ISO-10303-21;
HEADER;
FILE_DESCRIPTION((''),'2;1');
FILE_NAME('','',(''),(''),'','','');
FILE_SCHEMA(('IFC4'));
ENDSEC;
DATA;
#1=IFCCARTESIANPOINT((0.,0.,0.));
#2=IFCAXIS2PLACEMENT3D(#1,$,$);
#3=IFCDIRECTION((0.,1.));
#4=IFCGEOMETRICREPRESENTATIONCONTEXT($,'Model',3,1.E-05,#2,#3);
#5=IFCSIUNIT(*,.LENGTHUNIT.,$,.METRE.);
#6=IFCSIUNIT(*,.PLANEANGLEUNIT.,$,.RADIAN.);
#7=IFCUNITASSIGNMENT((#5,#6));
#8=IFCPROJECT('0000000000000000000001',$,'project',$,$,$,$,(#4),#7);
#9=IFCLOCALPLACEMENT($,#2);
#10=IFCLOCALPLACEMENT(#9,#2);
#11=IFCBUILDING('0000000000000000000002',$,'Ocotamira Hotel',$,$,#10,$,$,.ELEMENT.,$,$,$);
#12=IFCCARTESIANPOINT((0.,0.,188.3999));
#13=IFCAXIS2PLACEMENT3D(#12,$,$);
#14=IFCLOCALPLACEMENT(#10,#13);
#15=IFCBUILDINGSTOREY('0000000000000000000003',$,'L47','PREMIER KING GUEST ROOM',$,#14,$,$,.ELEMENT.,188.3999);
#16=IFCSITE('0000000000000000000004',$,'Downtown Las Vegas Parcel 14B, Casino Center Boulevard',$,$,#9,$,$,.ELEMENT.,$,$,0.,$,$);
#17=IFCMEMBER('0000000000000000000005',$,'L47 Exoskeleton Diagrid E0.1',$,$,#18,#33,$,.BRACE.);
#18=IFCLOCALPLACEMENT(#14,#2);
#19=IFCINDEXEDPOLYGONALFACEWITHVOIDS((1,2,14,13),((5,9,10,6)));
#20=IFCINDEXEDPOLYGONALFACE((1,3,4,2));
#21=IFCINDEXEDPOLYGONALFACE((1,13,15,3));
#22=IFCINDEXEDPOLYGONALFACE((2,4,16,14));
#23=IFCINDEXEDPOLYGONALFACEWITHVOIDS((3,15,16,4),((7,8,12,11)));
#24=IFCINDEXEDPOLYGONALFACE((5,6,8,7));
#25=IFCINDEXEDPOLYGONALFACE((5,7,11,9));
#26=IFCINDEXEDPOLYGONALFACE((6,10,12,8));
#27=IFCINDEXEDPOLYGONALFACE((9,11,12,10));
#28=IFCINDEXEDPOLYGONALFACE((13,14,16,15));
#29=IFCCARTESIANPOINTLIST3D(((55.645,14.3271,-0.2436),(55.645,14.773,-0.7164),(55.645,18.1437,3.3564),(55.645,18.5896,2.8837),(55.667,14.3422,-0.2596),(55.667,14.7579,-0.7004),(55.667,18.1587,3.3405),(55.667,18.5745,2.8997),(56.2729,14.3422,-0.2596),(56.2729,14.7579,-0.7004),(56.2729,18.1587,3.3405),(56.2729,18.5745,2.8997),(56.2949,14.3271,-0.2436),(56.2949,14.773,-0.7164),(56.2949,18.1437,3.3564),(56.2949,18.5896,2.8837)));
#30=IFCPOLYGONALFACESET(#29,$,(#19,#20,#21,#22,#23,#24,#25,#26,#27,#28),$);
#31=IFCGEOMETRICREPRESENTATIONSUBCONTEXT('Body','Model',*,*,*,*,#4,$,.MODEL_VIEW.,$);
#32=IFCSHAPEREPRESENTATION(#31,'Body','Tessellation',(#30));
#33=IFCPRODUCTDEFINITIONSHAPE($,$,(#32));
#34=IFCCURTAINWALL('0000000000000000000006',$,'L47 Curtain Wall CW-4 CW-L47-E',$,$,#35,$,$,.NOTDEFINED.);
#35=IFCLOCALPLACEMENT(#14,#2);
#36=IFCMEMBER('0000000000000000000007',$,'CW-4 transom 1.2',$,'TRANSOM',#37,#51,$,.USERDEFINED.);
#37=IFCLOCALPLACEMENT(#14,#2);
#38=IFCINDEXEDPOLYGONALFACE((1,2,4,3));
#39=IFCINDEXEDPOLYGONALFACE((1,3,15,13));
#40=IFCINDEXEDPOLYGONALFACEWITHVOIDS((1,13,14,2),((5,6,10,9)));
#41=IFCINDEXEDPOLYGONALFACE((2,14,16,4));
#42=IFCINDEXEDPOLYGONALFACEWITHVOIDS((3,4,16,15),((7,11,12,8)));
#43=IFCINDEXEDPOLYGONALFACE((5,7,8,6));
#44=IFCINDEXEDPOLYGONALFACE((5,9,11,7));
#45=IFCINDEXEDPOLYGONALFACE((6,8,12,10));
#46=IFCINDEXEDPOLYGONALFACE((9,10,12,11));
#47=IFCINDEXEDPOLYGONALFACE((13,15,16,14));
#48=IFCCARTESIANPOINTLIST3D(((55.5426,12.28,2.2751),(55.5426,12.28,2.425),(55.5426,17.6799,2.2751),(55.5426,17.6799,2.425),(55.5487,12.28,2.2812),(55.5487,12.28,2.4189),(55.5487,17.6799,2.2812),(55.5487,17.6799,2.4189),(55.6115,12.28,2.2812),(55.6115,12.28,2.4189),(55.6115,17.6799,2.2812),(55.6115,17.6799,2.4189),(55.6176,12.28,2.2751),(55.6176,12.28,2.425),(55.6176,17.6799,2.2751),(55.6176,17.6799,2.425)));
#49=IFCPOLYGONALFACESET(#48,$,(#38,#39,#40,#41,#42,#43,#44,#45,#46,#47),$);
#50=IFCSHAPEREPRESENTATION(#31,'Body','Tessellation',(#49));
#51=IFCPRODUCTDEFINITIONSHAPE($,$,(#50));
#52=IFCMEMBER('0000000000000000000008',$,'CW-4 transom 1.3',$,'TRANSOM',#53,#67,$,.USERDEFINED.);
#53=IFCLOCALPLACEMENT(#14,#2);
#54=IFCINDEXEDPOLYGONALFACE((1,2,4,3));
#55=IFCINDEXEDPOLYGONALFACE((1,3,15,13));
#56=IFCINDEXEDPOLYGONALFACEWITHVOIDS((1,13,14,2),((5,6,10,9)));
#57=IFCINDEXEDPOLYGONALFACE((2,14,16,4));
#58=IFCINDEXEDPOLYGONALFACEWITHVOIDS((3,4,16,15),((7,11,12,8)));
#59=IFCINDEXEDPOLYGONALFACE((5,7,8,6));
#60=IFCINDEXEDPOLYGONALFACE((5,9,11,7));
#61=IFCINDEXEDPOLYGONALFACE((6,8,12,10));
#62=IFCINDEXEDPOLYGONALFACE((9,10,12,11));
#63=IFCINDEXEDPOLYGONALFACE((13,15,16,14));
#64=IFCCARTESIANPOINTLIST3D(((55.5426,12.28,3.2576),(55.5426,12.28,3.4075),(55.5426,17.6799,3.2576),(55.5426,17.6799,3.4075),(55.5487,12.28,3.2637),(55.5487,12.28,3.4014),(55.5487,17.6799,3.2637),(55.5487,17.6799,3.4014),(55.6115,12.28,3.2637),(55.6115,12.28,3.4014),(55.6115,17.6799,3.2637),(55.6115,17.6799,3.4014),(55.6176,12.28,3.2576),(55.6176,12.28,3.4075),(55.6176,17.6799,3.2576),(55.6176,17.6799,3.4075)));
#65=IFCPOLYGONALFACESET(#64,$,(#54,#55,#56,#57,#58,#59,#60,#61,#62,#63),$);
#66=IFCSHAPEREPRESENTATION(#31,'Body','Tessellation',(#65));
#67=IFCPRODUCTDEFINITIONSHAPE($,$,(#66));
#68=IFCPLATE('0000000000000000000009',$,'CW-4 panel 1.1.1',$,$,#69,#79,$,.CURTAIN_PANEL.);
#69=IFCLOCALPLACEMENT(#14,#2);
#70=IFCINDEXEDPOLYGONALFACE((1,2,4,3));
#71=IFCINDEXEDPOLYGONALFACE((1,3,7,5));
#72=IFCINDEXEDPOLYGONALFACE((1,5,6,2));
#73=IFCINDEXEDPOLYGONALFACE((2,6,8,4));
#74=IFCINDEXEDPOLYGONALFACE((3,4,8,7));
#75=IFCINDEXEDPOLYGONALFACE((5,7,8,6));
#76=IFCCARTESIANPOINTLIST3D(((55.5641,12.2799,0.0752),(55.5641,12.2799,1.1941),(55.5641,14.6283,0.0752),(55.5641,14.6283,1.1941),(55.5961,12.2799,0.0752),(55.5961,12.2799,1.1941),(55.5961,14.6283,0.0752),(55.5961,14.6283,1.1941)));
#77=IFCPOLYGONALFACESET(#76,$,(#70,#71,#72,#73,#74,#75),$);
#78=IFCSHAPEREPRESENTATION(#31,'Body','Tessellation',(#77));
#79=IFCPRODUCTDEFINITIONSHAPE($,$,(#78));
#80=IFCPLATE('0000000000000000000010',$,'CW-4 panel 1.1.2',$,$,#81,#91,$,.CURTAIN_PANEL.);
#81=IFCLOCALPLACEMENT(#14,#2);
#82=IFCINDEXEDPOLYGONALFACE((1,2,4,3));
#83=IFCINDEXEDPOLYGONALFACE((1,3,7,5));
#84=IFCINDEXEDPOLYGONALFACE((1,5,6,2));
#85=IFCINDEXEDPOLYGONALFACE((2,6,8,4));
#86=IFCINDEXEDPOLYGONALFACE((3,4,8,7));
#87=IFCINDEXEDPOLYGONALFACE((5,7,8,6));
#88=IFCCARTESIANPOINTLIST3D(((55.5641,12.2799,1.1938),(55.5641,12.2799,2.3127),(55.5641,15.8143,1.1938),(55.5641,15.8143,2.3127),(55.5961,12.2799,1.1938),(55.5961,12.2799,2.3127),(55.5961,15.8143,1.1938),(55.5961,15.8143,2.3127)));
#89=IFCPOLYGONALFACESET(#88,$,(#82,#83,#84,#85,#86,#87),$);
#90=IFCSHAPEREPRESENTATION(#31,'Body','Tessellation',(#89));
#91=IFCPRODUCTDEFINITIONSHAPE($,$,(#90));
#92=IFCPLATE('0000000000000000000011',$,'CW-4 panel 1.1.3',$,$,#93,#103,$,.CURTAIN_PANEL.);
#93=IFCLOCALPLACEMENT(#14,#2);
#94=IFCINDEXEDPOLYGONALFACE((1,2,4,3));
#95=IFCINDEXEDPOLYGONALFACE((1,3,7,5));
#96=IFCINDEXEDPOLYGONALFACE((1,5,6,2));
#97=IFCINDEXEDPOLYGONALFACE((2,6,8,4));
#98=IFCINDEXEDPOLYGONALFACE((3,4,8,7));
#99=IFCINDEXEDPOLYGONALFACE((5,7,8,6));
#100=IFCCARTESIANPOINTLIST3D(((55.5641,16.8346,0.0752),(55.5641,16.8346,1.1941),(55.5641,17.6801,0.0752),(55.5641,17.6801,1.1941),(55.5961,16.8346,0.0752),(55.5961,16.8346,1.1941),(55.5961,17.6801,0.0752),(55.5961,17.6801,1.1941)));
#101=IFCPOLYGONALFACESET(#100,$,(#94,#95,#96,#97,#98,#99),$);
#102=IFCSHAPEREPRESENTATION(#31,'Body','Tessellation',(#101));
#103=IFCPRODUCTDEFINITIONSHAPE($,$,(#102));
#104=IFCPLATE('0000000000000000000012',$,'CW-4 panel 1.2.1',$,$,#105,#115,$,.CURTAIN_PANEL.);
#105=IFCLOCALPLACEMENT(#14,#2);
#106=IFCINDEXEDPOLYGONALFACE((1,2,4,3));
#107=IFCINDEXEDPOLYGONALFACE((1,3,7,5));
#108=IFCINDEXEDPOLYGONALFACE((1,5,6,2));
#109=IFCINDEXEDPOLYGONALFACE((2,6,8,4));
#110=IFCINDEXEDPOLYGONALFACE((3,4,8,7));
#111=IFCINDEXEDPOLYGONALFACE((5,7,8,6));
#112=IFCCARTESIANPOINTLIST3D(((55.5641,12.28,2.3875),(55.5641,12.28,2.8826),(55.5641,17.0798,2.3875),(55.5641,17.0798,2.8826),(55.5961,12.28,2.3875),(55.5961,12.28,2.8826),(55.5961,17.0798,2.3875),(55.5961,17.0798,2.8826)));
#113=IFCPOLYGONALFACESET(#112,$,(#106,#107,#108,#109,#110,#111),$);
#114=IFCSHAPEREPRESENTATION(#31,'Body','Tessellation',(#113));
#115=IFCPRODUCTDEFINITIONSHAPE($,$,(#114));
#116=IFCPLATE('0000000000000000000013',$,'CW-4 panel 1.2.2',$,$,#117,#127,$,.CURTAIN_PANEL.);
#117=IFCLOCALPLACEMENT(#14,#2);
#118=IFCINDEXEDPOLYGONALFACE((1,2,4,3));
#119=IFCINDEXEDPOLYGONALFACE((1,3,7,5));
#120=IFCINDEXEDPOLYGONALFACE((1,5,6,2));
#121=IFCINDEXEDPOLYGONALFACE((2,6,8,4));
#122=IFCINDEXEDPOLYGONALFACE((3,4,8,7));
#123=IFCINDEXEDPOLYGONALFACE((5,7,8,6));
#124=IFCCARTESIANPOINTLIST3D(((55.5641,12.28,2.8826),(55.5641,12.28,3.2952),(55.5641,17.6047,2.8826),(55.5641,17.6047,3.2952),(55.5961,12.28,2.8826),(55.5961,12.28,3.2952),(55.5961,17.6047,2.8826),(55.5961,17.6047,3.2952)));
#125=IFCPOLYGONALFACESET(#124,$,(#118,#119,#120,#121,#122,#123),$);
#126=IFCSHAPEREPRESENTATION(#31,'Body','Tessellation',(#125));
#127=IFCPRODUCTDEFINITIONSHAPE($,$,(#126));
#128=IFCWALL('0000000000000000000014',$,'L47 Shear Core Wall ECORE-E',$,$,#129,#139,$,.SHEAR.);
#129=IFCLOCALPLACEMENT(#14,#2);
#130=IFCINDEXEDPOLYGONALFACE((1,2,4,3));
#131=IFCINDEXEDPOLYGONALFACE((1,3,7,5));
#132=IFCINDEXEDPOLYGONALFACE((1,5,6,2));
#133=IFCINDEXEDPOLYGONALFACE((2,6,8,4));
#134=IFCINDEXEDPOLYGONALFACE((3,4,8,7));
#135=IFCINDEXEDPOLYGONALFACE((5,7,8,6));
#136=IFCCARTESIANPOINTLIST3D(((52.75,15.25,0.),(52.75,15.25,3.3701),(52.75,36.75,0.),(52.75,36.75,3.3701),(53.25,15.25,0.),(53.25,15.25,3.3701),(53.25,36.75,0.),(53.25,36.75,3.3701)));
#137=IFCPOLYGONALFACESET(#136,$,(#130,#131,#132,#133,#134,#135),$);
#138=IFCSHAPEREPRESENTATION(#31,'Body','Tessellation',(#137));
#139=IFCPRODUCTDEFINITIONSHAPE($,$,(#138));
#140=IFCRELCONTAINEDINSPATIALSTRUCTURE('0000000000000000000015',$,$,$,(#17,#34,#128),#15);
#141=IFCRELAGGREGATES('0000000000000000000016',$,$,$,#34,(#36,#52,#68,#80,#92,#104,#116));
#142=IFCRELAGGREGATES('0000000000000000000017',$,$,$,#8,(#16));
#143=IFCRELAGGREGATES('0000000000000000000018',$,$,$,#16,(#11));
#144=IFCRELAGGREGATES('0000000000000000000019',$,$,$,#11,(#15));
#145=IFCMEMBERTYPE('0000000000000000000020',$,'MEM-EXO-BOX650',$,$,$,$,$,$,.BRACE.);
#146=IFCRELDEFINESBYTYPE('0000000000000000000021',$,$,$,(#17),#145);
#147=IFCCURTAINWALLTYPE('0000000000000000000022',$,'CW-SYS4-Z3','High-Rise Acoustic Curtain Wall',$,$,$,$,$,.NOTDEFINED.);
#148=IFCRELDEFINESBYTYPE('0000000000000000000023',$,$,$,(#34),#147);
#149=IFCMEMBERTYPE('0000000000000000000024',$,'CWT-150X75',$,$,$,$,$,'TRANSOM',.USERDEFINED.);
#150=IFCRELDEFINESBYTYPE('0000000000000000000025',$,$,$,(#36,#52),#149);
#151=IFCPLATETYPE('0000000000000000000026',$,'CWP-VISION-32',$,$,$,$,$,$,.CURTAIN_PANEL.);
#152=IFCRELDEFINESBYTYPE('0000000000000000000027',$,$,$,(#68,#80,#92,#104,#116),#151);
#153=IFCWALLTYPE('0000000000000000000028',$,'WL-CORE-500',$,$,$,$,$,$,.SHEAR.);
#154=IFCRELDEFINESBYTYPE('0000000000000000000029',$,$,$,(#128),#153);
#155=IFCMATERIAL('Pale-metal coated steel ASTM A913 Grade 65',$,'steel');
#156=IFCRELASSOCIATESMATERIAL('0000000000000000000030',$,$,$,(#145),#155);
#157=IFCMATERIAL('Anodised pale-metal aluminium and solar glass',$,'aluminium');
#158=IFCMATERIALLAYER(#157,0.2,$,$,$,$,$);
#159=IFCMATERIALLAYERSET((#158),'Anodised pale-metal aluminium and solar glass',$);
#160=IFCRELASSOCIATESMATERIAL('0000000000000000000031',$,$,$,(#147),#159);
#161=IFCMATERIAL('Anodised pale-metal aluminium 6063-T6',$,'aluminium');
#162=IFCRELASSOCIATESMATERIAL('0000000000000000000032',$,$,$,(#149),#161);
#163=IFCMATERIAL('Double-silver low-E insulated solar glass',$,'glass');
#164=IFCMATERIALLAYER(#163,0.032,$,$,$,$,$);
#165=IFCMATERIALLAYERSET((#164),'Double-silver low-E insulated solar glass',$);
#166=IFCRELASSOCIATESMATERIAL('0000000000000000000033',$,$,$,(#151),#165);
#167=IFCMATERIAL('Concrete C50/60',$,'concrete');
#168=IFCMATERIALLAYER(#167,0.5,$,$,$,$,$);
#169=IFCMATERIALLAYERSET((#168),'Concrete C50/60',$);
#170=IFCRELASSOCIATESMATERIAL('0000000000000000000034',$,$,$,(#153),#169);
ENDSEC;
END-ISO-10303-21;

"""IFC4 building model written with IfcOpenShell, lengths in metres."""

from ifc_helpers import new_model, si_unit, direction, frame, frame_2d, origin, origin_2d, place, context, subcontext, project, spatial, rectangle, hollow_rectangle, extrude, source, transform, mapped, material, layer, layer_set, material_profile, profile_set, type_object, element, aggregate, save


model = new_model("IFC4")

# Units and contexts
model_context = context("Model", 3, precision=1e-05, world=origin(), true_north=direction((0.0, 1.0)))
body_context = subcontext(model_context, "Body", "Model", "MODEL_VIEW")
ifc_project = project(units=[si_unit("LENGTHUNIT", "METRE"), si_unit("PLANEANGLEUNIT", "RADIAN")], contexts=[model_context])

# Site, building, storey
site_placement = place(None, origin())
site = spatial("IfcSite", under=ifc_project, at=site_placement, Name="Downtown Las Vegas Parcel 14B, Casino Center Boulevard", CompositionType="ELEMENT", RefElevation=0.0)
building_placement = place(site_placement, origin())
building = spatial("IfcBuilding", under=site, at=building_placement, Name="Ocotamira Hotel", CompositionType="ELEMENT")
storey_placement = place(building_placement, frame((0.0, 0.0, 188.3999)))
storey = spatial("IfcBuildingStorey", under=building, at=storey_placement, Name="L47", Description="PREMIER KING GUEST ROOM", CompositionType="ELEMENT", Elevation=188.3999)

# Member
ifc_material_1 = material(Name="Pale-metal coated steel ASTM A913 Grade 65", Category="steel")
ifc_material_profile_1 = material_profile(ifc_material_1, hollow_rectangle(XDim=0.6499, YDim=0.6499, WallThickness=0.022, at=origin_2d()), Name="BOX650X650X22")
ifc_profile_set_1 = profile_set([ifc_material_profile_1], Name="Pale-metal coated steel ASTM A913 Grade 65")
member_type_1 = type_object("IfcMemberType", Name="MEM-EXO-BOX650", PredefinedType="BRACE", material=ifc_profile_set_1)
shared_shape_1 = source(origin(), body_context, "Body", "SweptSolid", [
    extrude(hollow_rectangle(XDim=0.6499, YDim=0.6499, WallThickness=0.022, at=origin_2d()), origin(), (0.0, 0.0, 1.0), 5.2466),
])
member_1_placement = place(storey_placement, frame((55.97, 14.55, -0.48), z_axis=(0.0, 0.727443, 0.686168), x_axis=(-1.0, 0.0, 0.0)))
element("IfcMember", 1, at=member_1_placement, inside=storey, type_object=member_type_1, Name="L47 Exoskeleton Diagrid E0.1", PredefinedType="BRACE", context=body_context, shape_type="MappedRepresentation", body=[
    mapped(shared_shape_1, transform((0.0, 0.0, 0.0), scale=1.0)),
])

# Curtain wall, members, plates
ifc_material_2 = material(Name="Anodised pale-metal aluminium and solar glass", Category="aluminium")
ifc_layer_1 = layer(ifc_material_2, 0.2)
ifc_layer_set_1 = layer_set([ifc_layer_1], Name="Anodised pale-metal aluminium and solar glass")
curtain_wall_type = type_object("IfcCurtainWallType", Name="CW-SYS4-Z3", Description="High-Rise Acoustic Curtain Wall", PredefinedType="NOTDEFINED", material=ifc_layer_set_1)
curtain_wall_placement = place(storey_placement, origin())
curtain_wall = element("IfcCurtainWall", 2, at=curtain_wall_placement, inside=storey, type_object=curtain_wall_type, Name="L47 Curtain Wall CW-4 CW-L47-E", PredefinedType="NOTDEFINED")
ifc_material_3 = material(Name="Anodised pale-metal aluminium 6063-T6", Category="aluminium")
ifc_material_profile_2 = material_profile(ifc_material_3, hollow_rectangle(XDim=0.075, YDim=0.1499, WallThickness=0.0061, at=origin_2d()), Name="HSS150X75X6")
ifc_profile_set_2 = profile_set([ifc_material_profile_2], Name="Anodised pale-metal aluminium 6063-T6")
member_type_2 = type_object("IfcMemberType", Name="CWT-150X75", ElementType="TRANSOM", PredefinedType="USERDEFINED", material=ifc_profile_set_2)
shared_shape_2 = source(origin(), body_context, "Body", "SweptSolid", [
    extrude(hollow_rectangle(XDim=0.075, YDim=0.1499, WallThickness=0.0061, at=origin_2d()), origin(), (0.0, 0.0, 1.0), 5.3999),
])
member_2_placement = place(storey_placement, frame((55.5801, 12.28, 2.3501), z_axis=(0.0, 1.0, 0.0), x_axis=(-1.0, 0.0, 0.0)))
member_2 = element("IfcMember", 3, at=member_2_placement, type_object=member_type_2, Name="CW-4 transom 1.2", ObjectType="TRANSOM", PredefinedType="USERDEFINED", context=body_context, shape_type="MappedRepresentation", body=[
    mapped(shared_shape_2, transform((0.0, 0.0, 0.0), scale=1.0)),
])
member_3_placement = place(storey_placement, frame((55.5801, 12.28, 3.3325), z_axis=(0.0, 1.0, 0.0), x_axis=(-1.0, 0.0, 0.0)))
member_3 = element("IfcMember", 4, at=member_3_placement, type_object=member_type_2, Name="CW-4 transom 1.3", ObjectType="TRANSOM", PredefinedType="USERDEFINED", context=body_context, shape_type="MappedRepresentation", body=[
    mapped(shared_shape_2, transform((0.0, 0.0, 0.0), scale=1.0)),
])
ifc_material_4 = material(Name="Double-silver low-E insulated solar glass", Category="glass")
ifc_layer_2 = layer(ifc_material_4, 0.032)
ifc_layer_set_2 = layer_set([ifc_layer_2], Name="Double-silver low-E insulated solar glass")
plate_type = type_object("IfcPlateType", Name="CWP-VISION-32", PredefinedType="CURTAIN_PANEL", material=ifc_layer_set_2)
shared_shape_3 = source(origin(), body_context, "Body", "SweptSolid", [
    extrude(rectangle(XDim=2.3484, YDim=0.032, at=origin_2d()), origin(), (0.0, 0.0, 1.0), 1.1189),
])
plate_1_placement = place(storey_placement, frame((55.5801, 13.4541, 0.0752), z_axis=(0.0, 0.0, 1.0), x_axis=(0.0, 1.0, 0.0)))
plate_1 = element("IfcPlate", 5, at=plate_1_placement, type_object=plate_type, Name="CW-4 panel 1.1.1", PredefinedType="CURTAIN_PANEL", context=body_context, shape_type="MappedRepresentation", body=[
    mapped(shared_shape_3, transform((0.0, 0.0, 0.0), scale=1.0)),
])
shared_shape_4 = source(origin(), body_context, "Body", "SweptSolid", [
    extrude(rectangle(XDim=3.5344, YDim=0.032, at=origin_2d()), origin(), (0.0, 0.0, 1.0), 1.1189),
])
plate_2_placement = place(storey_placement, frame((55.5801, 14.0471, 1.1938), z_axis=(0.0, 0.0, 1.0), x_axis=(0.0, 1.0, 0.0)))
plate_2 = element("IfcPlate", 6, at=plate_2_placement, type_object=plate_type, Name="CW-4 panel 1.1.2", PredefinedType="CURTAIN_PANEL", context=body_context, shape_type="MappedRepresentation", body=[
    mapped(shared_shape_4, transform((0.0, 0.0, 0.0), scale=1.0)),
])
shared_shape_5 = source(origin(), body_context, "Body", "SweptSolid", [
    extrude(rectangle(XDim=0.8455, YDim=0.032, at=origin_2d()), origin(), (0.0, 0.0, 1.0), 1.1189),
])
plate_3_placement = place(storey_placement, frame((55.5801, 17.2573, 0.0752), z_axis=(0.0, 0.0, 1.0), x_axis=(0.0, 1.0, 0.0)))
plate_3 = element("IfcPlate", 7, at=plate_3_placement, type_object=plate_type, Name="CW-4 panel 1.1.3", PredefinedType="CURTAIN_PANEL", context=body_context, shape_type="MappedRepresentation", body=[
    mapped(shared_shape_5, transform((0.0, 0.0, 0.0), scale=1.0)),
])
shared_shape_6 = source(origin(), body_context, "Body", "SweptSolid", [
    extrude(rectangle(XDim=4.7998, YDim=0.032, at=origin_2d()), origin(), (0.0, 0.0, 1.0), 0.4951),
])
plate_4_placement = place(storey_placement, frame((55.5801, 14.6799, 2.3875), z_axis=(0.0, 0.0, 1.0), x_axis=(0.0, 1.0, 0.0)))
plate_4 = element("IfcPlate", 8, at=plate_4_placement, type_object=plate_type, Name="CW-4 panel 1.2.1", PredefinedType="CURTAIN_PANEL", context=body_context, shape_type="MappedRepresentation", body=[
    mapped(shared_shape_6, transform((0.0, 0.0, 0.0), scale=1.0)),
])
shared_shape_7 = source(origin(), body_context, "Body", "SweptSolid", [
    extrude(rectangle(XDim=5.3247, YDim=0.032, at=origin_2d()), origin(), (0.0, 0.0, 1.0), 0.4126),
])
plate_5_placement = place(storey_placement, frame((55.5801, 14.9424, 2.8826), z_axis=(0.0, 0.0, 1.0), x_axis=(0.0, 1.0, 0.0)))
plate_5 = element("IfcPlate", 9, at=plate_5_placement, type_object=plate_type, Name="CW-4 panel 1.2.2", PredefinedType="CURTAIN_PANEL", context=body_context, shape_type="MappedRepresentation", body=[
    mapped(shared_shape_7, transform((0.0, 0.0, 0.0), scale=1.0)),
])
aggregate(curtain_wall, [member_2, member_3, plate_1, plate_2, plate_3, plate_4, plate_5])

# Wall
ifc_material_5 = material(Name="Concrete C50/60", Category="concrete")
ifc_layer_3 = layer(ifc_material_5, 0.5)
ifc_layer_set_3 = layer_set([ifc_layer_3], Name="Concrete C50/60")
wall_type_1 = type_object("IfcWallType", Name="WL-CORE-500", PredefinedType="SHEAR", material=ifc_layer_set_3)
wall_1_placement = place(storey_placement, frame((53.0, 15.25, 0.0), z_axis=(0.0, 0.0, 1.0), x_axis=(0.0, 1.0, 0.0)))
element("IfcWall", 10, at=wall_1_placement, inside=storey, type_object=wall_type_1, Name="L47 Shear Core Wall ECORE-E", PredefinedType="SHEAR", context=body_context, shape_type="SweptSolid", body=[
    extrude(rectangle(XDim=21.5, YDim=0.5, at=frame_2d((10.75, 0.0))), origin(), (0.0, 0.0, 1.0), 3.3701),
])

save(model, "model.ifc")
